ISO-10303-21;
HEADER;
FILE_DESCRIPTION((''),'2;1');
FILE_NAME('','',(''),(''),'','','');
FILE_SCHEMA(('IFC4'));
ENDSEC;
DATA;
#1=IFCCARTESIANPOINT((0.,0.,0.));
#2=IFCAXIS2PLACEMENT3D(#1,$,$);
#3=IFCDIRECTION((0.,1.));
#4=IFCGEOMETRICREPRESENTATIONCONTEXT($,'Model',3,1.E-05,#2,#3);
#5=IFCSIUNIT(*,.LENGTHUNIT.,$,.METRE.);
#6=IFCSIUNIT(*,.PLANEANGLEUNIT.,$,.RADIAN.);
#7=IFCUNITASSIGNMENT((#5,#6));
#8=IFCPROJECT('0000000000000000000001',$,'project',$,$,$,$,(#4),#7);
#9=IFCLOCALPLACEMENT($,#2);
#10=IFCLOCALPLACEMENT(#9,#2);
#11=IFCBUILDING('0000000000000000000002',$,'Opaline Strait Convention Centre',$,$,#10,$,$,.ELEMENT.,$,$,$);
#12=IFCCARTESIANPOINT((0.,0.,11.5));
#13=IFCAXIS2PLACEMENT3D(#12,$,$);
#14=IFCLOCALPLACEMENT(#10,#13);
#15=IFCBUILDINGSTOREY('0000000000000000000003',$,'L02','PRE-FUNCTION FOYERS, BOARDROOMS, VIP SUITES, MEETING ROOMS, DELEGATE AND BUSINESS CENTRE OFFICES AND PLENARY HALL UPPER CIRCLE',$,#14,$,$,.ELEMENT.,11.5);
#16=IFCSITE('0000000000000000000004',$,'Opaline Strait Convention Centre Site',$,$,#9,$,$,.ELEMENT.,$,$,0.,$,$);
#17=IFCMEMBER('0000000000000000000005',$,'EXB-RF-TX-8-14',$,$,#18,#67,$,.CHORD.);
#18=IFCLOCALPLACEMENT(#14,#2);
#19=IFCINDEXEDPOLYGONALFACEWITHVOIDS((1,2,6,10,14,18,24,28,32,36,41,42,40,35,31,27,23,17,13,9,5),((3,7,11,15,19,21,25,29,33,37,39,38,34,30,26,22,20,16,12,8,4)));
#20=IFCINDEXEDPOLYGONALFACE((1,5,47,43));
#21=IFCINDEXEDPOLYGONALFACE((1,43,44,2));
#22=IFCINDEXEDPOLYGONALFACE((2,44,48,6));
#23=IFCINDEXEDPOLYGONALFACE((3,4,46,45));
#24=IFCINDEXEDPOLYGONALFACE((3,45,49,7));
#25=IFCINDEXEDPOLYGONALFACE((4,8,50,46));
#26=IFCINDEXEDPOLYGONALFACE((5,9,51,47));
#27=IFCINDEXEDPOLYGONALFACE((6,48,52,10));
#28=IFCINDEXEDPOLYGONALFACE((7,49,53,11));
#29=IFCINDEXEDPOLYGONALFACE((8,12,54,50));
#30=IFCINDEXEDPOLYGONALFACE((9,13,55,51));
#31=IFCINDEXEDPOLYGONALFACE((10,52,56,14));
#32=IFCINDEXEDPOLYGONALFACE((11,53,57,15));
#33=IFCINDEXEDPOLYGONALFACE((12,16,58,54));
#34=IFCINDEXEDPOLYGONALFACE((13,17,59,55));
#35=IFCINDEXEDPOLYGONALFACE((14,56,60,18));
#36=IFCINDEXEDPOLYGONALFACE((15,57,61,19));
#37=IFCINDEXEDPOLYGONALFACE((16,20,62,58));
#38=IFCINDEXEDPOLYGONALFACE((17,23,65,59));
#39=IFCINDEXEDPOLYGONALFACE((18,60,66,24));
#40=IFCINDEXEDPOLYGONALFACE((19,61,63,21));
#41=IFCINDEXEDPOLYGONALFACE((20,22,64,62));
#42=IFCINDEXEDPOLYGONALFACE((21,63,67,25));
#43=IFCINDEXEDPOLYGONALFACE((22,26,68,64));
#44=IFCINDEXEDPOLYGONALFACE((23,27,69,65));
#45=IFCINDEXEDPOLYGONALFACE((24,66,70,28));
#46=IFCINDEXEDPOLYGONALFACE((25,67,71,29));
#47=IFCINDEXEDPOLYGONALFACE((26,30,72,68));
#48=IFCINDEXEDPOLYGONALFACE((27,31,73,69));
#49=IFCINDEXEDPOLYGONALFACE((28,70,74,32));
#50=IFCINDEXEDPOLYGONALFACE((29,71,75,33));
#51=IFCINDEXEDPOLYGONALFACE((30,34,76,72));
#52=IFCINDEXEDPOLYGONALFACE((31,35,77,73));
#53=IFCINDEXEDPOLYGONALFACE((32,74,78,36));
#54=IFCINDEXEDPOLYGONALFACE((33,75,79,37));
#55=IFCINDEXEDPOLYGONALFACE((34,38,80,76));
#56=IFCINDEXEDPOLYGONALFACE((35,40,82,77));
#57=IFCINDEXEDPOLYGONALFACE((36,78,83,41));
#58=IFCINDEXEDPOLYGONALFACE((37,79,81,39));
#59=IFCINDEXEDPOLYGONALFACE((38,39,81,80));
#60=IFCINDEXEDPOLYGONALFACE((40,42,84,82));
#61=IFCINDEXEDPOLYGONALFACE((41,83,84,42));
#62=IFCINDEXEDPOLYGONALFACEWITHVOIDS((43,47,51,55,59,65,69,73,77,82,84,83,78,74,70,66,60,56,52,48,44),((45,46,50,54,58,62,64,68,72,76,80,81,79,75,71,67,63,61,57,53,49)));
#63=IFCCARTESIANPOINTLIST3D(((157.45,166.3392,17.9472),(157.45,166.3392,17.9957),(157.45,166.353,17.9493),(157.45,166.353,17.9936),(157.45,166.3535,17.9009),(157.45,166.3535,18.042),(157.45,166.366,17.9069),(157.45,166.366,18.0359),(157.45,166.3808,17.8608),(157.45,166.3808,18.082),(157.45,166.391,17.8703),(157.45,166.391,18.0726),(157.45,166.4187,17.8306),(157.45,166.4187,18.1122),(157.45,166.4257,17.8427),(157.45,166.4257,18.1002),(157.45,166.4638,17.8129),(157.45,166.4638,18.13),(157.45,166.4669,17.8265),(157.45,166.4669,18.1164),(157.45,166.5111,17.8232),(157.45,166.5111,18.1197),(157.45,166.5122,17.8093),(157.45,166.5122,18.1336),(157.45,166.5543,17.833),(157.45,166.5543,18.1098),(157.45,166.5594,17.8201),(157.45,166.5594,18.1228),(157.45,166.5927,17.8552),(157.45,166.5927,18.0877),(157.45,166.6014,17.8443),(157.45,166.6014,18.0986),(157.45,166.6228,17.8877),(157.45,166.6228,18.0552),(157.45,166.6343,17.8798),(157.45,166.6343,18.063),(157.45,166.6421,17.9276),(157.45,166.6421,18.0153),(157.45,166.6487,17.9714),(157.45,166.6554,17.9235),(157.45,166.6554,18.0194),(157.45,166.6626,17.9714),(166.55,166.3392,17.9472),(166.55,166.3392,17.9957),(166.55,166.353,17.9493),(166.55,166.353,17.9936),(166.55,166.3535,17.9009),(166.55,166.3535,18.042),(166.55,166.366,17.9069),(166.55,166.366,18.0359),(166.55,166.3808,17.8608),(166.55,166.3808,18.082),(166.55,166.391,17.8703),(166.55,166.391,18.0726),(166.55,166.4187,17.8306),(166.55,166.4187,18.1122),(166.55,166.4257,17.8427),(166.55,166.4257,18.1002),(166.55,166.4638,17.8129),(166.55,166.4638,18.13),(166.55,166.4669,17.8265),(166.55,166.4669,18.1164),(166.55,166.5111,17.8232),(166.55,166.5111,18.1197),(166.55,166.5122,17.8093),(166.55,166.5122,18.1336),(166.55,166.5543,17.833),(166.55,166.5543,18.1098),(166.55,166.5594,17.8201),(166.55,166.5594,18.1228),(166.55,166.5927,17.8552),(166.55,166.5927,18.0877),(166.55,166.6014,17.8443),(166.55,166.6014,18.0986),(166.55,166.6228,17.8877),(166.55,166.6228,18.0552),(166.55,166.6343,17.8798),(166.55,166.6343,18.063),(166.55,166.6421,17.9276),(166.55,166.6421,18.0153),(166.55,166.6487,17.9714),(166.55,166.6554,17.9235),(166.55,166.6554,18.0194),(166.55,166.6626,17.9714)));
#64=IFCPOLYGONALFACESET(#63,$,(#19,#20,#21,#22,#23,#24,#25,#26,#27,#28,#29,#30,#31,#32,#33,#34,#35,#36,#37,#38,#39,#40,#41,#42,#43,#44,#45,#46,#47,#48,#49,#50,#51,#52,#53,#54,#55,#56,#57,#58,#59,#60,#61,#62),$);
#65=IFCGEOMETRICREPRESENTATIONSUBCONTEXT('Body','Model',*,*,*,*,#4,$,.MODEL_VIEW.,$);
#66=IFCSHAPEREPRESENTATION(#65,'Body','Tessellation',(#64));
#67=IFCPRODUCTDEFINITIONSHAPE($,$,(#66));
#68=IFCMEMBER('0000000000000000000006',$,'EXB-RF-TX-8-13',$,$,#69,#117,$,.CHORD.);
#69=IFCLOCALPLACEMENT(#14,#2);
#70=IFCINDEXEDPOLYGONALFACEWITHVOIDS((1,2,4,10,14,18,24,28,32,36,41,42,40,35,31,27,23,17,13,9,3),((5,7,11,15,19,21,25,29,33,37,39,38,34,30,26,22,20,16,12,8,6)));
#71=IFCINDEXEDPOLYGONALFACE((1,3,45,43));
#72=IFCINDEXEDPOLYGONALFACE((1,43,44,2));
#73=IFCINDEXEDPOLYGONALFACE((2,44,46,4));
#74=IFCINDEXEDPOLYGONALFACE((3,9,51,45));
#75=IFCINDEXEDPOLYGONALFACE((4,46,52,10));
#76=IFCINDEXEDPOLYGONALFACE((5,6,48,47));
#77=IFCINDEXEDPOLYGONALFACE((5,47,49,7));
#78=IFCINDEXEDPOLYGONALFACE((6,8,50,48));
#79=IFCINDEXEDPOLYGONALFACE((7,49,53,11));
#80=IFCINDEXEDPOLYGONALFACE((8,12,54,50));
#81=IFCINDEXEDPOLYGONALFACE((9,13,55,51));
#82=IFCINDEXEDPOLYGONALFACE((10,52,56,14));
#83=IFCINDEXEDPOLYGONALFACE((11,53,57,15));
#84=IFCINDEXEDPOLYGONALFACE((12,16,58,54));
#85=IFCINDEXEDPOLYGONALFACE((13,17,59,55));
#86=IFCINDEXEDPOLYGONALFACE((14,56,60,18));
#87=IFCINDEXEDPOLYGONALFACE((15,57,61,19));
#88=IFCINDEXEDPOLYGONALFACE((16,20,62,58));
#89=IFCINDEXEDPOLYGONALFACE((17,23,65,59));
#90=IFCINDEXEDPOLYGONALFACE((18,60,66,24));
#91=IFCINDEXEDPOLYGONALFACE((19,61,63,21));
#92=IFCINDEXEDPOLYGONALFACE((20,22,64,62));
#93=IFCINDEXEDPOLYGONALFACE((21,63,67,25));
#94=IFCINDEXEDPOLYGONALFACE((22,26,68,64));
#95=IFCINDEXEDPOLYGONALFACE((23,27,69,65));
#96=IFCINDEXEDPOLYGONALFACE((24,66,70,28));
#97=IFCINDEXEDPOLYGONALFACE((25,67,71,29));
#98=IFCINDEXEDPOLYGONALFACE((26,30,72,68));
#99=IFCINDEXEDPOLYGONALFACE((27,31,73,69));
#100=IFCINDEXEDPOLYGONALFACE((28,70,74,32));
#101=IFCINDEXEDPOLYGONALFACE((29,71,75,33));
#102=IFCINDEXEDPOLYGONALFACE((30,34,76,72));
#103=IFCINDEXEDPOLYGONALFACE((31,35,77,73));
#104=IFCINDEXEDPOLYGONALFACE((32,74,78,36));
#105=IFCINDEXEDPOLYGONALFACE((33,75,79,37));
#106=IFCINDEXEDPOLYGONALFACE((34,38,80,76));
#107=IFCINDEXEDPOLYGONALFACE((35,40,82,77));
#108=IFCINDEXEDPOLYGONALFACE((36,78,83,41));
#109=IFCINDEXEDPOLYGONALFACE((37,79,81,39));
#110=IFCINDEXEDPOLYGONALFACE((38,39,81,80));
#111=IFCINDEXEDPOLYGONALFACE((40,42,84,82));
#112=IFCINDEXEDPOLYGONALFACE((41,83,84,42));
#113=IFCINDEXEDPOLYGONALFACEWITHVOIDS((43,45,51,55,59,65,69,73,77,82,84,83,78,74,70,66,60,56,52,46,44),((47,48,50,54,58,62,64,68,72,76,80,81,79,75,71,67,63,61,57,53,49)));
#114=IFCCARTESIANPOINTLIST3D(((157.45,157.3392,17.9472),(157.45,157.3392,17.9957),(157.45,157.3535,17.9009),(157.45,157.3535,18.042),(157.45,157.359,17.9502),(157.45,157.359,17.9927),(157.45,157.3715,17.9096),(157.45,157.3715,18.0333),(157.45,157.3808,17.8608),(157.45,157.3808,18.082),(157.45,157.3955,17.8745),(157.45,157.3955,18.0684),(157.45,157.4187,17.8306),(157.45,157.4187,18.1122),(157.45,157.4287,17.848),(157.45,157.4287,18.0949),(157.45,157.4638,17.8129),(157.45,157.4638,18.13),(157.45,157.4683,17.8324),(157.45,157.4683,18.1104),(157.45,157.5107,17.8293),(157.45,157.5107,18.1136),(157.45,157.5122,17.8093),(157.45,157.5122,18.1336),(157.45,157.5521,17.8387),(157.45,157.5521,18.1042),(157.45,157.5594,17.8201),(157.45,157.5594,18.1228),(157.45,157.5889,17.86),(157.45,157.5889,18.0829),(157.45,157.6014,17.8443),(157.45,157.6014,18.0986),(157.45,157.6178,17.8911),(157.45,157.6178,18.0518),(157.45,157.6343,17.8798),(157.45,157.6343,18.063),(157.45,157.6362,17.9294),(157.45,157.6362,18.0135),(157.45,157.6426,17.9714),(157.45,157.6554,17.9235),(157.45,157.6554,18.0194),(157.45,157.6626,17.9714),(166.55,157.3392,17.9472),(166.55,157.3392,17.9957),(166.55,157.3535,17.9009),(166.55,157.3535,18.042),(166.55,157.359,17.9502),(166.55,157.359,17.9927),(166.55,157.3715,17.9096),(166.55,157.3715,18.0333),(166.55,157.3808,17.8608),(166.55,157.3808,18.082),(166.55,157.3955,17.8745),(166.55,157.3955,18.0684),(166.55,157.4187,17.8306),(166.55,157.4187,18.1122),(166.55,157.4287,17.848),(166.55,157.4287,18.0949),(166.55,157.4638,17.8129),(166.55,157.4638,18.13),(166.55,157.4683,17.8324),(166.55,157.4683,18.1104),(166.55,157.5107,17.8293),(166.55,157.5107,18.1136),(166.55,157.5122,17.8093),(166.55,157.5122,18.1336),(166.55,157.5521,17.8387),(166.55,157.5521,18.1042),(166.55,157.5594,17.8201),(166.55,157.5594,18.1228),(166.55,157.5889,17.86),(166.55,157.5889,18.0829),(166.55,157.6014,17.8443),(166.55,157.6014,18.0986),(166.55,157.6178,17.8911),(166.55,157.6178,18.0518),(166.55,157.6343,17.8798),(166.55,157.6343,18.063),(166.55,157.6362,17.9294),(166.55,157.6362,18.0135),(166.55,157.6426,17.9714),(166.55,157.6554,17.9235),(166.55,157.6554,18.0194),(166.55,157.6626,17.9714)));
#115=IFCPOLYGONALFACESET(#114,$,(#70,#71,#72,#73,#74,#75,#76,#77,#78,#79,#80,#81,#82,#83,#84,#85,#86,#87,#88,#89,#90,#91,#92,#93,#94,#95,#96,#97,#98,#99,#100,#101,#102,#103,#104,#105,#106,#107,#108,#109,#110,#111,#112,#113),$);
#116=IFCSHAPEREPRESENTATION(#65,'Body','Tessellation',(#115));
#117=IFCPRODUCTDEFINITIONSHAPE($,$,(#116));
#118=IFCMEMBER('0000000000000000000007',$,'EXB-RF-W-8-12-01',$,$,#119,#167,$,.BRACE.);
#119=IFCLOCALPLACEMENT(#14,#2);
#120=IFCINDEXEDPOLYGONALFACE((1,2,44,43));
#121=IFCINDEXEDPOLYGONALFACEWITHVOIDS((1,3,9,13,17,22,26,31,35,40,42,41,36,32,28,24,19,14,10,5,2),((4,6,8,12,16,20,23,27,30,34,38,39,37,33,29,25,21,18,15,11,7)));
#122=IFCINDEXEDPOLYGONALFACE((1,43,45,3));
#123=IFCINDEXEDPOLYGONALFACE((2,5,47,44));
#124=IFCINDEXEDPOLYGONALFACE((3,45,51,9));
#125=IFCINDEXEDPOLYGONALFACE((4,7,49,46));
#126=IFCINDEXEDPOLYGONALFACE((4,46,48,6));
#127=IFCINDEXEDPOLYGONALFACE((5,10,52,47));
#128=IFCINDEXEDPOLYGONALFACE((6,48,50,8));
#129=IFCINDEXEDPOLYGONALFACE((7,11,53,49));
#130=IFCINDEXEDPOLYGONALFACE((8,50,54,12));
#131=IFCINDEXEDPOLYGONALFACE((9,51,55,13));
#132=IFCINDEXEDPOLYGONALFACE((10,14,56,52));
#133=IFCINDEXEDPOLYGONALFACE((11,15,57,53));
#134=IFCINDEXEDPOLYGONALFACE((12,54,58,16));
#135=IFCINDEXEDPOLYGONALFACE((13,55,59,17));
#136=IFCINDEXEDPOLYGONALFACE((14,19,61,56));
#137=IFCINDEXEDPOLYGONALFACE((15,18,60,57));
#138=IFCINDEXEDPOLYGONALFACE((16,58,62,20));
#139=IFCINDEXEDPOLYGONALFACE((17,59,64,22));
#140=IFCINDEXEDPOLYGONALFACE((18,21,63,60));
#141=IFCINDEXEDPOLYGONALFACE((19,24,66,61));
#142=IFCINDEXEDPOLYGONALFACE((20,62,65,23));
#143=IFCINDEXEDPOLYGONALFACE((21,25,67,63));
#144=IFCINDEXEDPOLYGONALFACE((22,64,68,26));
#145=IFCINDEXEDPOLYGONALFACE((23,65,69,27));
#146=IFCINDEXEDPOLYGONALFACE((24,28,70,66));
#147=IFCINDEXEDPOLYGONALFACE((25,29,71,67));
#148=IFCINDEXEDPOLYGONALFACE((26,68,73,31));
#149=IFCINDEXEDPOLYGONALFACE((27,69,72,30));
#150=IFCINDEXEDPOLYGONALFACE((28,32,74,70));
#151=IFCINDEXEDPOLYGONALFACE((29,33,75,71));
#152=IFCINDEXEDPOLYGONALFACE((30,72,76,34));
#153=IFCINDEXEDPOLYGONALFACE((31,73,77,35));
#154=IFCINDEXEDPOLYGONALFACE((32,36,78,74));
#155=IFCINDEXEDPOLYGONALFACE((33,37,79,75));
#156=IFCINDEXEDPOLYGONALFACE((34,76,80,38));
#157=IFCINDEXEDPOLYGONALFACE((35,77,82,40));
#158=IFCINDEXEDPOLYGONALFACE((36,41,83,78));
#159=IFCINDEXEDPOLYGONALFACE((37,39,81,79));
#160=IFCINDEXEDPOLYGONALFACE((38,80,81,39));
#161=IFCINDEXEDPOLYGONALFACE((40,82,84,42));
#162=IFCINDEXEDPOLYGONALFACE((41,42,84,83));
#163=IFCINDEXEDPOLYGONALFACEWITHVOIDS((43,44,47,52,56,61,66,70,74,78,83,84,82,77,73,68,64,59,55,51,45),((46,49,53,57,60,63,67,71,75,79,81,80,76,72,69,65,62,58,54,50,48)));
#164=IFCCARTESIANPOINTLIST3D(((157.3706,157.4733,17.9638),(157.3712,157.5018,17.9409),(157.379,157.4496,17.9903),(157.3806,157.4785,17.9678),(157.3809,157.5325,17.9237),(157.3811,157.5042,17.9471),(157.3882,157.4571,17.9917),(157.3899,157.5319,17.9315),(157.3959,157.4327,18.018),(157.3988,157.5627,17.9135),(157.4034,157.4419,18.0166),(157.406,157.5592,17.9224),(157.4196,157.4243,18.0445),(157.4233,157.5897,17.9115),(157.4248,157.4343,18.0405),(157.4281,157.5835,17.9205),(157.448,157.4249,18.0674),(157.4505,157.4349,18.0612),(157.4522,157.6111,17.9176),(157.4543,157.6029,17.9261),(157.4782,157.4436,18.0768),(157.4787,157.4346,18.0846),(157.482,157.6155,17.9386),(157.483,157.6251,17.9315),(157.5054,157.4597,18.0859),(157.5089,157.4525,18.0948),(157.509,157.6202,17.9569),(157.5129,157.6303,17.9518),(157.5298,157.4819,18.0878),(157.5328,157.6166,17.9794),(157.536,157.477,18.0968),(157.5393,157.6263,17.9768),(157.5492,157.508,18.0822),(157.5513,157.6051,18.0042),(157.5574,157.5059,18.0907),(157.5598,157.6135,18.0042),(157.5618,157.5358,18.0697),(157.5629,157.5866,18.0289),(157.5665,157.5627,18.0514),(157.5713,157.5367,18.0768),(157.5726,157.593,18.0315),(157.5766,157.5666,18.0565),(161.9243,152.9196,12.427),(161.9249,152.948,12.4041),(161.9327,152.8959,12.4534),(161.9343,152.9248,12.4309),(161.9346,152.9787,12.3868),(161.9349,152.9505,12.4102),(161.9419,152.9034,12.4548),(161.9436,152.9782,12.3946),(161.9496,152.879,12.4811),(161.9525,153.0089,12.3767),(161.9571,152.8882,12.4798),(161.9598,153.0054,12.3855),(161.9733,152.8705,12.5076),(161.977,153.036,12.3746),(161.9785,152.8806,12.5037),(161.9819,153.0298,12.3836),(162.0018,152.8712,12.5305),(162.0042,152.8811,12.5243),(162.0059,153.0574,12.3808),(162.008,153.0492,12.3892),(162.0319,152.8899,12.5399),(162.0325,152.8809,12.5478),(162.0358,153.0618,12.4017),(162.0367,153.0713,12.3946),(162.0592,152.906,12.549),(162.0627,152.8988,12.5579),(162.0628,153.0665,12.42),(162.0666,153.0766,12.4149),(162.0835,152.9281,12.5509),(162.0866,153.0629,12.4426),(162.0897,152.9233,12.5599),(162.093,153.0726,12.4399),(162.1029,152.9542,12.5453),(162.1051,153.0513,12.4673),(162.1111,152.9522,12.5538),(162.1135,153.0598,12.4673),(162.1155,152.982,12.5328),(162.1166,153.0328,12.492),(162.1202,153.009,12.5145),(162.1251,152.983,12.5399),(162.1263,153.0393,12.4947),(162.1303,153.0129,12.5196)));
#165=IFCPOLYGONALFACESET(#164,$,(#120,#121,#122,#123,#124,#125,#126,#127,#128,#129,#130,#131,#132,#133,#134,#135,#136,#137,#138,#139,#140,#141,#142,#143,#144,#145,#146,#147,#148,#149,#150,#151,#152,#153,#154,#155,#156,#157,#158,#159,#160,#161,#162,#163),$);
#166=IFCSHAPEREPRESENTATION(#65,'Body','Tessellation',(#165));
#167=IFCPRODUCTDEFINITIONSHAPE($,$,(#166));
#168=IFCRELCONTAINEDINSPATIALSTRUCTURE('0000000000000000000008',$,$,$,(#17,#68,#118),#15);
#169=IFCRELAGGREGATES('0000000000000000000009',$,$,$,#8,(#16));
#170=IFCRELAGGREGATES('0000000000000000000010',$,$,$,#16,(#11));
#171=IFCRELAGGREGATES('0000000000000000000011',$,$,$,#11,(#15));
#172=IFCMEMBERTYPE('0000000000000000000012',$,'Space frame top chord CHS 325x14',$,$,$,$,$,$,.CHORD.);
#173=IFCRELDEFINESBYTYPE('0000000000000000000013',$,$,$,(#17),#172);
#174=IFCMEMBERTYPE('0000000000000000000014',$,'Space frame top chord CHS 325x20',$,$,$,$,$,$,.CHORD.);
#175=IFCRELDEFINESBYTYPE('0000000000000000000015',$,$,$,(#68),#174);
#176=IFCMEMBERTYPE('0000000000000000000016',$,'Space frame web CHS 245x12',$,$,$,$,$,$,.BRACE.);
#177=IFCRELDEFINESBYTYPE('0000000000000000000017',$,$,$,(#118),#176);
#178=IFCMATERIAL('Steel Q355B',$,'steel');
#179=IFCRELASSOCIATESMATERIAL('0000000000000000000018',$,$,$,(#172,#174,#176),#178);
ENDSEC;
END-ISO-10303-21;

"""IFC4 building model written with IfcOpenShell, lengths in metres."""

from ifc_helpers import new_model, si_unit, direction, frame, origin, origin_2d, place, context, subcontext, project, spatial, hollow_circle, extrude, material, material_profile, profile_set, type_object, element, save


model = new_model("IFC4")

# Units and contexts
model_context = context("Model", 3, precision=1e-05, world=origin(), true_north=direction((0.0, 1.0)))
body_context = subcontext(model_context, "Body", "Model", "MODEL_VIEW")
ifc_project = project(units=[si_unit("LENGTHUNIT", "METRE"), si_unit("PLANEANGLEUNIT", "RADIAN")], contexts=[model_context])

# Site, building, storey
site_placement = place(None, origin())
site = spatial("IfcSite", under=ifc_project, at=site_placement, Name="Opaline Strait Convention Centre Site", CompositionType="ELEMENT", RefElevation=0.0)
building_placement = place(site_placement, origin())
building = spatial("IfcBuilding", under=site, at=building_placement, Name="Opaline Strait Convention Centre", CompositionType="ELEMENT")
storey_placement = place(building_placement, frame((0.0, 0.0, 11.5)))
storey = spatial("IfcBuildingStorey", under=building, at=storey_placement, Name="L02", Description="PRE-FUNCTION FOYERS, BOARDROOMS, VIP SUITES, MEETING ROOMS, DELEGATE AND BUSINESS CENTRE OFFICES AND PLENARY HALL UPPER CIRCLE", CompositionType="ELEMENT", Elevation=11.5)

# Shared definitions
ifc_material_1 = material(Name="Steel Q355B", Category="steel")

# Members
ifc_material_profile_1 = material_profile(ifc_material_1, hollow_circle(Radius=0.1626, WallThickness=0.0139, at=origin_2d()), Name="CHS 325x14")
ifc_profile_set_1 = profile_set([ifc_material_profile_1], Name="Steel Q355B")
member_type_1 = type_object("IfcMemberType", Name="Space frame top chord CHS 325x14", PredefinedType="CHORD", material=ifc_profile_set_1)
member_1_placement = place(storey_placement, frame((157.45, 166.5, 17.9714), z_axis=(1.0, 0.0, 0.0), x_axis=(0.0, 1.0, 0.0)))
element("IfcMember", 1, at=member_1_placement, inside=storey, type_object=member_type_1, Name="EXB-RF-TX-8-14", PredefinedType="CHORD", context=body_context, shape_type="SweptSolid", body=[
    extrude(hollow_circle(Radius=0.1626, WallThickness=0.0139, at=origin_2d()), origin(), (0.0, 0.0, 1.0), 9.1001),
])
ifc_material_profile_2 = material_profile(ifc_material_1, hollow_circle(Radius=0.1626, WallThickness=0.02, at=origin_2d()), Name="CHS 325x20")
ifc_profile_set_2 = profile_set([ifc_material_profile_2], Name="Steel Q355B")
member_type_2 = type_object("IfcMemberType", Name="Space frame top chord CHS 325x20", PredefinedType="CHORD", material=ifc_profile_set_2)
member_2_placement = place(storey_placement, frame((157.45, 157.5, 17.9714), z_axis=(1.0, 0.0, 0.0), x_axis=(0.0, 1.0, 0.0)))
element("IfcMember", 2, at=member_2_placement, inside=storey, type_object=member_type_2, Name="EXB-RF-TX-8-13", PredefinedType="CHORD", context=body_context, shape_type="SweptSolid", body=[
    extrude(hollow_circle(Radius=0.1626, WallThickness=0.02, at=origin_2d()), origin(), (0.0, 0.0, 1.0), 9.1001),
])
ifc_material_profile_3 = material_profile(ifc_material_1, hollow_circle(Radius=0.1226, WallThickness=0.012, at=origin_2d()), Name="CHS 245x12")
ifc_profile_set_3 = profile_set([ifc_material_profile_3], Name="Steel Q355B")
member_type_3 = type_object("IfcMemberType", Name="Space frame web CHS 245x12", PredefinedType="BRACE", material=ifc_profile_set_3)
for number, where, z_axis, x_axis, name in (
    (3, (157.4731, 157.5269, 18.0042), (0.536178, -0.536178, -0.65194), (0.707107, 0.707107, 0.0), "EXB-RF-W-8-12-01"),
):
    element("IfcMember", number, at=place(storey_placement, frame(where, z_axis=z_axis, x_axis=x_axis)), inside=storey, type_object=member_type_3, Name=name, PredefinedType="BRACE", context=body_context, shape_type="SweptSolid", body=[
        extrude(hollow_circle(Radius=0.1226, WallThickness=0.012, at=origin_2d()), origin(), (0.0, 0.0, 1.0), 8.4929),
    ])

save(model, "model.ifc")
